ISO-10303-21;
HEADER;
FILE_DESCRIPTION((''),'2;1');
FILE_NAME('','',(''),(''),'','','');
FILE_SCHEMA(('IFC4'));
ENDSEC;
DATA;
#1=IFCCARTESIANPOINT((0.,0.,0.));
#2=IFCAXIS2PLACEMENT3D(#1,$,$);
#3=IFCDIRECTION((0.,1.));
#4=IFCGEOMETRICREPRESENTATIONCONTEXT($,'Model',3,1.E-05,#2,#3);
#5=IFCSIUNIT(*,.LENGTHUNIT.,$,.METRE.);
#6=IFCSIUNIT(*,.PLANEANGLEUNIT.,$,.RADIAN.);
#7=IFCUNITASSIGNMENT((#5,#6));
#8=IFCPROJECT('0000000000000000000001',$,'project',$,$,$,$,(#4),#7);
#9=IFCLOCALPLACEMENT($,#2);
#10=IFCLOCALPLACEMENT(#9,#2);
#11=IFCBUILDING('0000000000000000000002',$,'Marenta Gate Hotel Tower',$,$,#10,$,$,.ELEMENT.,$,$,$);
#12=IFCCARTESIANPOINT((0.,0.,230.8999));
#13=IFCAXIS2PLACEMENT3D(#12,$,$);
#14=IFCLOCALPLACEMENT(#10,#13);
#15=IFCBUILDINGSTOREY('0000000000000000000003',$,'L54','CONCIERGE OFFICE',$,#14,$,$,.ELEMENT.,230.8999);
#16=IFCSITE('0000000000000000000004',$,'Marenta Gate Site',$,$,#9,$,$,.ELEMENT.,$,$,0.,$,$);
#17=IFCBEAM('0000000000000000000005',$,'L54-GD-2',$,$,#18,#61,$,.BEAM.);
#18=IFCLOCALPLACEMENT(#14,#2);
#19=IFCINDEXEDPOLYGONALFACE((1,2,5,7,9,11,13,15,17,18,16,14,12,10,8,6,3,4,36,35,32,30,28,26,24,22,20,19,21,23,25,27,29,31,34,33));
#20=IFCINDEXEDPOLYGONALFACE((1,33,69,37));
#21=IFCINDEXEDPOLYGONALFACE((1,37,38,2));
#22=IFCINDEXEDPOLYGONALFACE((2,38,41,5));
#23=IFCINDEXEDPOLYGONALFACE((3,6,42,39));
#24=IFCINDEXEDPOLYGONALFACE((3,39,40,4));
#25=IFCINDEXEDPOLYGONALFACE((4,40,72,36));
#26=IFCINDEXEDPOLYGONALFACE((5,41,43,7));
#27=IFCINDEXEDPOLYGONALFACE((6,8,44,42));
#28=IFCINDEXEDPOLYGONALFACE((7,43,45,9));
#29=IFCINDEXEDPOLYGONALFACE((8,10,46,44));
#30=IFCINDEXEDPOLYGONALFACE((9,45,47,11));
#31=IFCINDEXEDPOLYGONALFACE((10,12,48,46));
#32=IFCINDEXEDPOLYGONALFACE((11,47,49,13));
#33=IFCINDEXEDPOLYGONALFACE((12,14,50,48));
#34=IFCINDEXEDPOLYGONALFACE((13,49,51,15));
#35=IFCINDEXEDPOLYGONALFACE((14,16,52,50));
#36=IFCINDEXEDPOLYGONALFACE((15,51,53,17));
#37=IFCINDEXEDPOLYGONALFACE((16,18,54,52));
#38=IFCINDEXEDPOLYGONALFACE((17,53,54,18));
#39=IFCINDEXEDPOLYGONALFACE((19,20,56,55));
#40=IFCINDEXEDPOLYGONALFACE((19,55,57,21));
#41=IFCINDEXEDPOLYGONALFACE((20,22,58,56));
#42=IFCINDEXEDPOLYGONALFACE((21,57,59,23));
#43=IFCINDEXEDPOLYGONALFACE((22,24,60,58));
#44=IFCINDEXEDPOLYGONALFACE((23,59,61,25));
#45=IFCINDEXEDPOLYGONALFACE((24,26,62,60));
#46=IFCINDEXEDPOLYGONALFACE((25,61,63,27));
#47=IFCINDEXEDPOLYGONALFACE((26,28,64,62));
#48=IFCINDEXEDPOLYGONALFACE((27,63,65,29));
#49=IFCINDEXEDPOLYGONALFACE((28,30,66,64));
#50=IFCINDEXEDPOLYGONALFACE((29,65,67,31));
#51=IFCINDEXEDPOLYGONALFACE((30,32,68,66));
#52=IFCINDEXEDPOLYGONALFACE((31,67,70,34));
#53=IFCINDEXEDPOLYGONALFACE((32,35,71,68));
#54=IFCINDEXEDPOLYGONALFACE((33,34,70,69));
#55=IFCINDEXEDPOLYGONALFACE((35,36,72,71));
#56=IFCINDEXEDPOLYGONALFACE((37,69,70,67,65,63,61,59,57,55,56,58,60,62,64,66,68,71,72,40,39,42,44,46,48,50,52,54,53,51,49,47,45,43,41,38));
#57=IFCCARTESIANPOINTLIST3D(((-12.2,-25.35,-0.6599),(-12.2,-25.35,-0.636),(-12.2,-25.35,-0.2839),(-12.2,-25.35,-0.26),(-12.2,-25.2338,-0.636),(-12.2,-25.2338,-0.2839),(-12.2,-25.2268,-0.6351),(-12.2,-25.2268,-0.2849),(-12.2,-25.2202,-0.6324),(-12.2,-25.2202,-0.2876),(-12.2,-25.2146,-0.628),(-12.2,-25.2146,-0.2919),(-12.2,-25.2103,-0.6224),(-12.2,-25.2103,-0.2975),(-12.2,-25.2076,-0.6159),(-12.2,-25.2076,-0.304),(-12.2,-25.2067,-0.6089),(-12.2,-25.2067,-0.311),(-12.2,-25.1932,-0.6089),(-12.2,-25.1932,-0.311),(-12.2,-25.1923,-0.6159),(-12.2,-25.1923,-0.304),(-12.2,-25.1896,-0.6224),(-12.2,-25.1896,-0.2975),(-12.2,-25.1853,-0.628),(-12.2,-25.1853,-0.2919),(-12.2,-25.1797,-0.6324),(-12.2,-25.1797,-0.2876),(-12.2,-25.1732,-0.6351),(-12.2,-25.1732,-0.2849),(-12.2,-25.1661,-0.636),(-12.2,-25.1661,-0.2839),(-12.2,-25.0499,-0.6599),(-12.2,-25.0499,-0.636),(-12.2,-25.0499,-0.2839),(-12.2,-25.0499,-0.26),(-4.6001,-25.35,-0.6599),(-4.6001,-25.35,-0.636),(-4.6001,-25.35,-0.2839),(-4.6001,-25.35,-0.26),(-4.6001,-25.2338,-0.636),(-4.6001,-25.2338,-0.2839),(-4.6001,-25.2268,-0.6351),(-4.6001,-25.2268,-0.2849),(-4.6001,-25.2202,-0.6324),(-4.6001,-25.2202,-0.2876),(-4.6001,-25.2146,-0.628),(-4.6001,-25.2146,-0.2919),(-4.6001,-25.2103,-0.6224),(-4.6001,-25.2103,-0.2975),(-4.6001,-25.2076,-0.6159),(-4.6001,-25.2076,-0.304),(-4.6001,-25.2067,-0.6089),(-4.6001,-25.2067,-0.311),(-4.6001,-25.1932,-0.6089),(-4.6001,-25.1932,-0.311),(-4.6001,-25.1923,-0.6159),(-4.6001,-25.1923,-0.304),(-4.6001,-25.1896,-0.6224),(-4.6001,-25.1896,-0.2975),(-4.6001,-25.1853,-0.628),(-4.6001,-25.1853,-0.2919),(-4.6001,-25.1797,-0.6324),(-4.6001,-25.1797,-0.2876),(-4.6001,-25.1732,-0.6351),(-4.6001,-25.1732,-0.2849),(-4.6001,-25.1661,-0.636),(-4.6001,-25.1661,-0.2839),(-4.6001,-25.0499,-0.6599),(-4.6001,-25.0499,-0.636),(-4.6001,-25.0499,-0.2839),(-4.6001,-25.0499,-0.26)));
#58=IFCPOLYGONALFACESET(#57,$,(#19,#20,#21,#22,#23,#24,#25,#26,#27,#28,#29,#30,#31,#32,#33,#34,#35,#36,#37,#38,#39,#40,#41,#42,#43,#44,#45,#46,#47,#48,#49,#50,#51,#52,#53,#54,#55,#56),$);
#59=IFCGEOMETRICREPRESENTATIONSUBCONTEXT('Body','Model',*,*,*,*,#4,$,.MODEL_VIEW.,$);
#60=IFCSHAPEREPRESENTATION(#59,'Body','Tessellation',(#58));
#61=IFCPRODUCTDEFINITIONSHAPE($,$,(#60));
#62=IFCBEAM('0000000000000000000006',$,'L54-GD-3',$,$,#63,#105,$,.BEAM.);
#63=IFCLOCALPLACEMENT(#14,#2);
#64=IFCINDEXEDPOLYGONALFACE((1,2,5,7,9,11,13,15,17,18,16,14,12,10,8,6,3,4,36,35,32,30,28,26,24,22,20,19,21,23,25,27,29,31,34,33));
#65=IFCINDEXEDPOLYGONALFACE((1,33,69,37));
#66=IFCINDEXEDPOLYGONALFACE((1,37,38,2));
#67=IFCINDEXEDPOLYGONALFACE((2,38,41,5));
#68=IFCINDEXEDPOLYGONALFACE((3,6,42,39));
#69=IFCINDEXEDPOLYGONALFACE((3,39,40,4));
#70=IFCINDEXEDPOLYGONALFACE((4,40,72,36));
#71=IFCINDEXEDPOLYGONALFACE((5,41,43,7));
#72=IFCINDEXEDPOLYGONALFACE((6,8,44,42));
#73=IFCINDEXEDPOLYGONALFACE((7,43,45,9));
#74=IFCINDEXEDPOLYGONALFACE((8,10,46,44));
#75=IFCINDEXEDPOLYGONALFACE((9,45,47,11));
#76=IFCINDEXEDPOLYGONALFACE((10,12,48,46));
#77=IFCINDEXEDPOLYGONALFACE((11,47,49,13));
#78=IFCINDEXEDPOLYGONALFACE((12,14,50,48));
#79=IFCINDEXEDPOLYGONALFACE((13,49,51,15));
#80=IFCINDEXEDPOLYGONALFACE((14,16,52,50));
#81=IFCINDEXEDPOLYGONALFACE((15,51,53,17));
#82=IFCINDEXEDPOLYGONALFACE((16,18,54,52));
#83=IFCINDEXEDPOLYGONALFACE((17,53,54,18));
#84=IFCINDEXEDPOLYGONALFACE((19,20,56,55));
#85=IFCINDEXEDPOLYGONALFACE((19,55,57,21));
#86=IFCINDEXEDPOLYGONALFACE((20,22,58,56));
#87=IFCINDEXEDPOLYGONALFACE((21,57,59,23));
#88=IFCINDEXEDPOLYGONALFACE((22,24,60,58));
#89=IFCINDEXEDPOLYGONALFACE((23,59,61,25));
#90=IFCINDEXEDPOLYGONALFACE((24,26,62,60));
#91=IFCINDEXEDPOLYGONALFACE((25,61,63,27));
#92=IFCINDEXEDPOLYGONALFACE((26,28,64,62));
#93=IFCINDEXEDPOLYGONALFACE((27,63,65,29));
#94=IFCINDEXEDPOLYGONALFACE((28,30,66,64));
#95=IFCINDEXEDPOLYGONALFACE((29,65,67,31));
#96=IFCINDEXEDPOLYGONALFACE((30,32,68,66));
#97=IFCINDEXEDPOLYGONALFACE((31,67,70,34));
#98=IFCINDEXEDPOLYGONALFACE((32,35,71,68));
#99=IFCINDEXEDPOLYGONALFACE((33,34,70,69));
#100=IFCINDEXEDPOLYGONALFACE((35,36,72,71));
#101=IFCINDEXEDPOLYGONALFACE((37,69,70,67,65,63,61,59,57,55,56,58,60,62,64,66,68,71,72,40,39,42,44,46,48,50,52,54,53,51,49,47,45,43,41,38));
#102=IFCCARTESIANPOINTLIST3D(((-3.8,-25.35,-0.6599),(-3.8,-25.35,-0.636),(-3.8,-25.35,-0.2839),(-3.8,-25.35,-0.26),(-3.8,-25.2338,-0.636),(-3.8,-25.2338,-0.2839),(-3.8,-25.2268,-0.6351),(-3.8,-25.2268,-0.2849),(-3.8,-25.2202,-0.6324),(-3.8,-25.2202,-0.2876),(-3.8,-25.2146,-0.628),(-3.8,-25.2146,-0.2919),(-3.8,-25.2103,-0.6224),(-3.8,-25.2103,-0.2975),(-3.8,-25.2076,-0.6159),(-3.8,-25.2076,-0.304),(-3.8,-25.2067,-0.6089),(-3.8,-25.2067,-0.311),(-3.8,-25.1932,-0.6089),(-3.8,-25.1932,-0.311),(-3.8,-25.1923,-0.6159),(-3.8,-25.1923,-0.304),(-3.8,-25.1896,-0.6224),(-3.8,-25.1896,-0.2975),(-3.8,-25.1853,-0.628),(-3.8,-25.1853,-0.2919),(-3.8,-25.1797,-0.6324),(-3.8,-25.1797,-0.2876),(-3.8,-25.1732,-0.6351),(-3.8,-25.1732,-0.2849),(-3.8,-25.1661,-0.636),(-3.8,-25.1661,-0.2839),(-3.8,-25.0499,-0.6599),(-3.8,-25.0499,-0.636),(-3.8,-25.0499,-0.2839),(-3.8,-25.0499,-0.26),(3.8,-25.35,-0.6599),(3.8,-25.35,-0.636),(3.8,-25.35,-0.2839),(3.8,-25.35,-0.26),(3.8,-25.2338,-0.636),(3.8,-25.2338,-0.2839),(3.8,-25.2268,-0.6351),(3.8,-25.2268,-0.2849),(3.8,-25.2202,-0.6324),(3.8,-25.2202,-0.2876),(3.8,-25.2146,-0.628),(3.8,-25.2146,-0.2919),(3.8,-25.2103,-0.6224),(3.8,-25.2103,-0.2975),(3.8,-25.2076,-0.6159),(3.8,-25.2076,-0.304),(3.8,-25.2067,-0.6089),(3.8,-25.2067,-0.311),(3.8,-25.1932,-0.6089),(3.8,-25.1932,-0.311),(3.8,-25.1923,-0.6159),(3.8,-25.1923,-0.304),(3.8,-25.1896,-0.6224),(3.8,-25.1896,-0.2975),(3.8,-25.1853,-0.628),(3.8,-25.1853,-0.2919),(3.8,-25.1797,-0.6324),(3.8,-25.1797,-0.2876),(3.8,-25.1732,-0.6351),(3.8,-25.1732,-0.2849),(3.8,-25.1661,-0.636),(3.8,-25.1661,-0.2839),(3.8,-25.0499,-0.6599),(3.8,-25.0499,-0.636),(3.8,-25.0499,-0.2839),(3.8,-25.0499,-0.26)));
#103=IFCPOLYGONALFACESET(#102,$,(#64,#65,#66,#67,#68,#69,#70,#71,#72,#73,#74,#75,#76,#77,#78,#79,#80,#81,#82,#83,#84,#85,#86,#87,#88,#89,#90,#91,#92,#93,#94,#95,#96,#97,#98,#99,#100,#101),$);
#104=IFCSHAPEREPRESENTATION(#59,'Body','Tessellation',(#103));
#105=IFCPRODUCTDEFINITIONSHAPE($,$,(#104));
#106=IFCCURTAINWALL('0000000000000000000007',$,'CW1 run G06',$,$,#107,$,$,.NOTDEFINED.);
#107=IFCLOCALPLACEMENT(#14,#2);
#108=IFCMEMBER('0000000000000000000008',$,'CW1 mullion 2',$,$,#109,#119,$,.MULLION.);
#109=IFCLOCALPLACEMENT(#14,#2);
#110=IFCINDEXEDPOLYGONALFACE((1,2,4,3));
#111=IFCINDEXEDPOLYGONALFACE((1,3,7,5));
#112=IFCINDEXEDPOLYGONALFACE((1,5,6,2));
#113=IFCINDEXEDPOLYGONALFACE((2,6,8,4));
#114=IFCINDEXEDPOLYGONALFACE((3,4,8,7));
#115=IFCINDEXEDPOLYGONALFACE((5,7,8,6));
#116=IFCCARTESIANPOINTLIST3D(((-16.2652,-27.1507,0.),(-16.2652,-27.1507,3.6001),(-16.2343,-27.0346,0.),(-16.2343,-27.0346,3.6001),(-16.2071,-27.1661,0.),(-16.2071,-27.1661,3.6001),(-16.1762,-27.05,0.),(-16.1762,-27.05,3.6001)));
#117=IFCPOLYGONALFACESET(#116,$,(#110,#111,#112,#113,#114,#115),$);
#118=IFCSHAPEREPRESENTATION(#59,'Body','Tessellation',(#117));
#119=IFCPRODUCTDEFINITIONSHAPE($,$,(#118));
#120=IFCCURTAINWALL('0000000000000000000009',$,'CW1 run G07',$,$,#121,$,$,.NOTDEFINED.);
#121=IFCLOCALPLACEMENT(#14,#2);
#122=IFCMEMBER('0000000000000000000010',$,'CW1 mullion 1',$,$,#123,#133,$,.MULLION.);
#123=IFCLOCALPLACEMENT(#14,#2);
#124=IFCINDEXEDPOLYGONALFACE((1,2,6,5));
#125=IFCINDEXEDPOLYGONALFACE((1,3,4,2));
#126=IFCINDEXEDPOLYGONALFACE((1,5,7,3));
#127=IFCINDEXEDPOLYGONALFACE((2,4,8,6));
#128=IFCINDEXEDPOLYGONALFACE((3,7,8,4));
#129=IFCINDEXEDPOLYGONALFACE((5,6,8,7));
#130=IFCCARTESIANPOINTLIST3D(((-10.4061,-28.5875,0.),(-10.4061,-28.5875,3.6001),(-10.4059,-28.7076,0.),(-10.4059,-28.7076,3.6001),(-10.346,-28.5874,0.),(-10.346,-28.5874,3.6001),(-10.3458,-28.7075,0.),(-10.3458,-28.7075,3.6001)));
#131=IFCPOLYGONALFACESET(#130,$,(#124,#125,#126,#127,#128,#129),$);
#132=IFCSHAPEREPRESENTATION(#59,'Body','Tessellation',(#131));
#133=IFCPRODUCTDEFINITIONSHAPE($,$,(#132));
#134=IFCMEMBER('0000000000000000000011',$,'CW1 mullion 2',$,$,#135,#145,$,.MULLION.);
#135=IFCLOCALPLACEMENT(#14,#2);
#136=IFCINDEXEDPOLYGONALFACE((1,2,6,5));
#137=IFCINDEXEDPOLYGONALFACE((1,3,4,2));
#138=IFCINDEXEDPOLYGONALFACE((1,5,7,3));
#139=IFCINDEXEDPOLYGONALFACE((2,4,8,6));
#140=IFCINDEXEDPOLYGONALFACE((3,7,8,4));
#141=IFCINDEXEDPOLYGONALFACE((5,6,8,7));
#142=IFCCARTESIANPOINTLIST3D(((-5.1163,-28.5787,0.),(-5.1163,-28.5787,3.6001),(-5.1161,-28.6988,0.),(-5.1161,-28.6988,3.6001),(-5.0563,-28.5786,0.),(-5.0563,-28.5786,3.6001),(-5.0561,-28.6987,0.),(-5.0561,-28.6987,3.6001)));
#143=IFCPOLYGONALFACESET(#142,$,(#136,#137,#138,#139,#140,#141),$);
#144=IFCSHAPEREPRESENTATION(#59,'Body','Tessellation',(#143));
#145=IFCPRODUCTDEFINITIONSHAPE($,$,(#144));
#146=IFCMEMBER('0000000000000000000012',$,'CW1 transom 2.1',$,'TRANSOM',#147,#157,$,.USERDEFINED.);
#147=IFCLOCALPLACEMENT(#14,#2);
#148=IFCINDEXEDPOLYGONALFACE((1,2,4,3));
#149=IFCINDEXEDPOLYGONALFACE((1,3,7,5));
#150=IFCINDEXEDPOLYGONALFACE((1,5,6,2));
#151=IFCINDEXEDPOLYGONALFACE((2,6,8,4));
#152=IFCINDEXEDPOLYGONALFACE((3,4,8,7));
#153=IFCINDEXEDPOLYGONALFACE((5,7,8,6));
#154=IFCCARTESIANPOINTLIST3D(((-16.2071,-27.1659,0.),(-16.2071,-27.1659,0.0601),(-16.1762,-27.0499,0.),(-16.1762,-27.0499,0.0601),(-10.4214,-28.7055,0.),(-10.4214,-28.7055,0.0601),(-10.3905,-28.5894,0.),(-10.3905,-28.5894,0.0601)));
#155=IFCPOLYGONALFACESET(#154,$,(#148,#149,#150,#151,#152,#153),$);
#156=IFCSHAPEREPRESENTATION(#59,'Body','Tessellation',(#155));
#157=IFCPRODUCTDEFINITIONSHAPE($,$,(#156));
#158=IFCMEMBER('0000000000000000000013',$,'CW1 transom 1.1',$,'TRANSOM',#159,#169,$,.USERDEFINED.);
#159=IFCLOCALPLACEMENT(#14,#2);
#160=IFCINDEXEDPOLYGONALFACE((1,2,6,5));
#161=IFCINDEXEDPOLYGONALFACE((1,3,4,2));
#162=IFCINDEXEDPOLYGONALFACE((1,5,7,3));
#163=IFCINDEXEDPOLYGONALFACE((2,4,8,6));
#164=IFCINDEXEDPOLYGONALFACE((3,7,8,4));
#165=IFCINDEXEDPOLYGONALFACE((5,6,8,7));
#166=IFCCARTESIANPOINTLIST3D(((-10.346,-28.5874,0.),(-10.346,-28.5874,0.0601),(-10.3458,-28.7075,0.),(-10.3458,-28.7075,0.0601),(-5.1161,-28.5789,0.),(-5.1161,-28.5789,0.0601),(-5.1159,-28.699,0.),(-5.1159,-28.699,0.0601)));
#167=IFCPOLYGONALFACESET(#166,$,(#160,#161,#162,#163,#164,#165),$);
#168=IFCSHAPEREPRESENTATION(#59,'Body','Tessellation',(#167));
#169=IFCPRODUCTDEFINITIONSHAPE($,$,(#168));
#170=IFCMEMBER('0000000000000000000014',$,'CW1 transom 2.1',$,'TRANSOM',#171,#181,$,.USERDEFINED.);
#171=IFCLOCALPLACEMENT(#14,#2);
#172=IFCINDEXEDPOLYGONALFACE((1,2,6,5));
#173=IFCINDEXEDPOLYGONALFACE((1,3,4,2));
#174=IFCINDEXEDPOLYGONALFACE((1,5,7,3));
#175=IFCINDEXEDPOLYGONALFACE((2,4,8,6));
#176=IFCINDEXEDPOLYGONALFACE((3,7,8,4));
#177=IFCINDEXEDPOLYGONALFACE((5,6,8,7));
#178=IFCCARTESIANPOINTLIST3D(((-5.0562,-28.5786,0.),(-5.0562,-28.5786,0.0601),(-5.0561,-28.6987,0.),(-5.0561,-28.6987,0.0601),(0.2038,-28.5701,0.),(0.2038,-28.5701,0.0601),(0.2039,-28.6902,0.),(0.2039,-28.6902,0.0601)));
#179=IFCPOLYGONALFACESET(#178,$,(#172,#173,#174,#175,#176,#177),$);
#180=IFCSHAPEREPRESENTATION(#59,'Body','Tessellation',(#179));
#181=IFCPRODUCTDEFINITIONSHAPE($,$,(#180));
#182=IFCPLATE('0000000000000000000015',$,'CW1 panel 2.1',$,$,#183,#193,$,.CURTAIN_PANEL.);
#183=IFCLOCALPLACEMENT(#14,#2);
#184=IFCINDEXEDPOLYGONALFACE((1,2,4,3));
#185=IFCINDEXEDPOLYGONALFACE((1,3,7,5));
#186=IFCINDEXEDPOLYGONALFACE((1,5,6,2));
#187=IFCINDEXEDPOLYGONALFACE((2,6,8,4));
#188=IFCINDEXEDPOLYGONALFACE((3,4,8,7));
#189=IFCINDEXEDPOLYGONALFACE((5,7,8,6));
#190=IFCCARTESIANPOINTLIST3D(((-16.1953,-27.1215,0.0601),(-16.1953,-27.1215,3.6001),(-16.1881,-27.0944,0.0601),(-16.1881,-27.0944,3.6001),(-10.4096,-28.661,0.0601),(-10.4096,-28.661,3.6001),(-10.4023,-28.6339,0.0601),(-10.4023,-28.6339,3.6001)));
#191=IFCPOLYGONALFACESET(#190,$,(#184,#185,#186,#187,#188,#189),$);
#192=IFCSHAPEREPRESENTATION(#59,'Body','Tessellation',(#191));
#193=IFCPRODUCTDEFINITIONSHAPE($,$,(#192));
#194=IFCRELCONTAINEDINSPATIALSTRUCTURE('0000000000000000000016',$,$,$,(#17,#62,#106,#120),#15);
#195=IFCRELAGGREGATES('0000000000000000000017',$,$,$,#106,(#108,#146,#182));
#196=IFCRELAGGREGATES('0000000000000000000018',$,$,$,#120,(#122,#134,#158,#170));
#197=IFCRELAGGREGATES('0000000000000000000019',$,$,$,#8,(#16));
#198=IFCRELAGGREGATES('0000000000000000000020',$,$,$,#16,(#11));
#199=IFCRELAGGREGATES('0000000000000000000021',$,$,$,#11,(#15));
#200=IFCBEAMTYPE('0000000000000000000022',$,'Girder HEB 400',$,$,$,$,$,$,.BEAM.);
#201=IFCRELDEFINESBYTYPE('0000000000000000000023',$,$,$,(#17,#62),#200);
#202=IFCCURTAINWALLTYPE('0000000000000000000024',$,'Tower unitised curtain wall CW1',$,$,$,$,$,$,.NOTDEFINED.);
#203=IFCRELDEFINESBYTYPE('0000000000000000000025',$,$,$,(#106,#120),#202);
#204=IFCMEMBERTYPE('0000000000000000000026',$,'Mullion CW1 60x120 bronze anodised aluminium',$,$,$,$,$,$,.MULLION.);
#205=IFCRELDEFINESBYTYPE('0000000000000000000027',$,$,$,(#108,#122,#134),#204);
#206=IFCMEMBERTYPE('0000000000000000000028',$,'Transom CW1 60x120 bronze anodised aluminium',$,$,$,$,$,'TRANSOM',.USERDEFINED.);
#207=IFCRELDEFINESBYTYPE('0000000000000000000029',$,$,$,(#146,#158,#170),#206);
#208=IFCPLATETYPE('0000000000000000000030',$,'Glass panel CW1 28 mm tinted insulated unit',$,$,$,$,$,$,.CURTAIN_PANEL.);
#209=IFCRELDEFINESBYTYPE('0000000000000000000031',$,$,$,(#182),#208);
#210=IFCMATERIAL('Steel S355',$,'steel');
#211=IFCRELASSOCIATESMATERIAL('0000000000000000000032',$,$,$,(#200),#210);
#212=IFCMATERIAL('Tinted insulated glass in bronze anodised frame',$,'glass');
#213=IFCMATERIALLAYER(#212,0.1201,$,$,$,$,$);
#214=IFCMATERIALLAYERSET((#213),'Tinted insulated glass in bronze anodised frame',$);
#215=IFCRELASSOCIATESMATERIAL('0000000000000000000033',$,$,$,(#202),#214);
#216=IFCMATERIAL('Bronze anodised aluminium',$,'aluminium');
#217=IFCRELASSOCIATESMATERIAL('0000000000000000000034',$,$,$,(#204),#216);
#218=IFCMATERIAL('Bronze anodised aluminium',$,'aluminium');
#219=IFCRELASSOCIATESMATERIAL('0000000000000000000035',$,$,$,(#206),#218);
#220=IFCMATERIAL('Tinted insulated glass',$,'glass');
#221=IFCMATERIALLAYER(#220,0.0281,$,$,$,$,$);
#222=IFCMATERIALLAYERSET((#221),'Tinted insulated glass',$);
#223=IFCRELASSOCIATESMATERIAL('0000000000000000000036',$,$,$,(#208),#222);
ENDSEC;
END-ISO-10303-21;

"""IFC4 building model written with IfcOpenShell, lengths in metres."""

from ifc_helpers import new_model, si_unit, direction, frame, origin, origin_2d, place, context, subcontext, project, spatial, rectangle, i_section, extrude, material, layer, layer_set, material_profile, profile_set, type_object, element, aggregate, save


model = new_model("IFC4")

# Units and contexts
model_context = context("Model", 3, precision=1e-05, world=origin(), true_north=direction((0.0, 1.0)))
body_context = subcontext(model_context, "Body", "Model", "MODEL_VIEW")
ifc_project = project(units=[si_unit("LENGTHUNIT", "METRE"), si_unit("PLANEANGLEUNIT", "RADIAN")], contexts=[model_context])

# Site, building, storey
site_placement = place(None, origin())
site = spatial("IfcSite", under=ifc_project, at=site_placement, Name="Marenta Gate Site", CompositionType="ELEMENT", RefElevation=0.0)
building_placement = place(site_placement, origin())
building = spatial("IfcBuilding", under=site, at=building_placement, Name="Marenta Gate Hotel Tower", CompositionType="ELEMENT")
storey_placement = place(building_placement, frame((0.0, 0.0, 230.8999)))
storey = spatial("IfcBuildingStorey", under=building, at=storey_placement, Name="L54", Description="CONCIERGE OFFICE", CompositionType="ELEMENT", Elevation=230.8999)

# Beams
ifc_material_1 = material(Name="Steel S355", Category="steel")
ifc_material_profile_1 = material_profile(ifc_material_1, i_section(OverallWidth=0.3, OverallDepth=0.3999, WebThickness=0.0134, FlangeThickness=0.0239, FilletRadius=0.0271, at=origin_2d()), Name="HEB 400")
ifc_profile_set_1 = profile_set([ifc_material_profile_1], Name="Steel S355")
beam_type_1 = type_object("IfcBeamType", Name="Girder HEB 400", PredefinedType="BEAM", material=ifc_profile_set_1)
beam_1_placement = place(storey_placement, frame((-12.2, -25.2, -0.46), z_axis=(1.0, 0.0, 0.0), x_axis=(0.0, 1.0, 0.0)))
element("IfcBeam", 1, at=beam_1_placement, inside=storey, type_object=beam_type_1, Name="L54-GD-2", PredefinedType="BEAM", context=body_context, shape_type="SweptSolid", body=[
    extrude(i_section(OverallWidth=0.3, OverallDepth=0.3999, WebThickness=0.0134, FlangeThickness=0.0239, FilletRadius=0.0271, at=origin_2d()), origin(), (0.0, 0.0, 1.0), 7.5999),
])
beam_2_placement = place(storey_placement, frame((-3.8, -25.2, -0.46), z_axis=(1.0, 0.0, 0.0), x_axis=(0.0, 1.0, 0.0)))
element("IfcBeam", 2, at=beam_2_placement, inside=storey, type_object=beam_type_1, Name="L54-GD-3", PredefinedType="BEAM", context=body_context, shape_type="SweptSolid", body=[
    extrude(i_section(OverallWidth=0.3, OverallDepth=0.3999, WebThickness=0.0134, FlangeThickness=0.0239, FilletRadius=0.0271, at=origin_2d()), origin(), (0.0, 0.0, 1.0), 7.6001),
])

# Curtain wall, member
ifc_material_2 = material(Name="Tinted insulated glass in bronze anodised frame", Category="glass")
ifc_layer_1 = layer(ifc_material_2, 0.1201)
ifc_layer_set_1 = layer_set([ifc_layer_1], Name="Tinted insulated glass in bronze anodised frame")
curtain_wall_type = type_object("IfcCurtainWallType", Name="Tower unitised curtain wall CW1", PredefinedType="NOTDEFINED", material=ifc_layer_set_1)
curtain_wall_1_placement = place(storey_placement, origin())
curtain_wall_1 = element("IfcCurtainWall", 3, at=curtain_wall_1_placement, inside=storey, type_object=curtain_wall_type, Name="CW1 run G06", PredefinedType="NOTDEFINED")
ifc_material_3 = material(Name="Bronze anodised aluminium", Category="aluminium")
ifc_material_profile_2 = material_profile(ifc_material_3, rectangle(XDim=0.1201, YDim=0.0601, at=origin_2d()), Name="Mullion CW1 60x120 bronze anodised aluminium")
ifc_profile_set_2 = profile_set([ifc_material_profile_2], Name="Bronze anodised aluminium")
member_type_1 = type_object("IfcMemberType", Name="Mullion CW1 60x120 bronze anodised aluminium", PredefinedType="MULLION", material=ifc_profile_set_2)
member_1_placement = place(storey_placement, frame((-16.2207, -27.1003, 0.0), z_axis=(0.0, 0.0, 1.0), x_axis=(0.257139, 0.966374, 0.0)))
member_1 = element("IfcMember", 4, at=member_1_placement, type_object=member_type_1, Name="CW1 mullion 2", PredefinedType="MULLION", context=body_context, shape_type="SweptSolid", body=[
    extrude(rectangle(XDim=0.1201, YDim=0.0601, at=origin_2d()), origin(), (0.0, 0.0, 1.0), 3.6001),
])

# Curtain wall, members
curtain_wall_2_placement = place(storey_placement, origin())
curtain_wall_2 = element("IfcCurtainWall", 5, at=curtain_wall_2_placement, inside=storey, type_object=curtain_wall_type, Name="CW1 run G07", PredefinedType="NOTDEFINED")
member_2_placement = place(storey_placement, frame((-10.376, -28.6475, 0.0), z_axis=(0.0, 0.0, 1.0), x_axis=(-0.001645, 0.999999, 0.0)))
member_2 = element("IfcMember", 6, at=member_2_placement, type_object=member_type_1, Name="CW1 mullion 1", PredefinedType="MULLION", context=body_context, shape_type="SweptSolid", body=[
    extrude(rectangle(XDim=0.1201, YDim=0.0601, at=origin_2d()), origin(), (0.0, 0.0, 1.0), 3.6001),
])
member_3_placement = place(storey_placement, frame((-5.0862, -28.6387, 0.0), z_axis=(0.0, 0.0, 1.0), x_axis=(-0.001645, 0.999999, 0.0)))
member_3 = element("IfcMember", 7, at=member_3_placement, type_object=member_type_1, Name="CW1 mullion 2", PredefinedType="MULLION", context=body_context, shape_type="SweptSolid", body=[
    extrude(rectangle(XDim=0.1201, YDim=0.0601, at=origin_2d()), origin(), (0.0, 0.0, 1.0), 3.6001),
])

# Members
ifc_material_4 = material(Name="Bronze anodised aluminium", Category="aluminium")
ifc_material_profile_3 = material_profile(ifc_material_4, rectangle(XDim=0.1201, YDim=0.0601, at=origin_2d()), Name="Transom CW1 60x120 bronze anodised aluminium")
ifc_profile_set_3 = profile_set([ifc_material_profile_3], Name="Bronze anodised aluminium")
member_type_2 = type_object("IfcMemberType", Name="Transom CW1 60x120 bronze anodised aluminium", ElementType="TRANSOM", PredefinedType="USERDEFINED", material=ifc_profile_set_3)
member_4_placement = place(storey_placement, frame((-16.1917, -27.1079, 0.03), z_axis=(0.966372, -0.25715, 0.0), x_axis=(0.25715, 0.966372, 0.0)))
member_4 = element("IfcMember", 8, at=member_4_placement, type_object=member_type_2, Name="CW1 transom 2.1", ObjectType="TRANSOM", PredefinedType="USERDEFINED", context=body_context, shape_type="SweptSolid", body=[
    extrude(rectangle(XDim=0.1201, YDim=0.0601, at=origin_2d()), origin(), (0.0, 0.0, 1.0), 5.9871),
])
member_5_placement = place(storey_placement, frame((-10.3459, -28.6475, 0.03), z_axis=(0.999999, 0.001634, 0.0), x_axis=(-0.001634, 0.999999, 0.0)))
member_5 = element("IfcMember", 9, at=member_5_placement, type_object=member_type_2, Name="CW1 transom 1.1", ObjectType="TRANSOM", PredefinedType="USERDEFINED", context=body_context, shape_type="SweptSolid", body=[
    extrude(rectangle(XDim=0.1201, YDim=0.0601, at=origin_2d()), origin(), (0.0, 0.0, 1.0), 5.23),
])
member_6_placement = place(storey_placement, frame((-5.0562, -28.6387, 0.03), z_axis=(0.999999, 0.001625, 0.0), x_axis=(-0.001625, 0.999999, 0.0)))
member_6 = element("IfcMember", 10, at=member_6_placement, type_object=member_type_2, Name="CW1 transom 2.1", ObjectType="TRANSOM", PredefinedType="USERDEFINED", context=body_context, shape_type="SweptSolid", body=[
    extrude(rectangle(XDim=0.1201, YDim=0.0601, at=origin_2d()), origin(), (0.0, 0.0, 1.0), 5.26),
])

# Plate
ifc_material_5 = material(Name="Tinted insulated glass", Category="glass")
ifc_layer_2 = layer(ifc_material_5, 0.0281)
ifc_layer_set_2 = layer_set([ifc_layer_2], Name="Tinted insulated glass")
plate_type = type_object("IfcPlateType", Name="Glass panel CW1 28 mm tinted insulated unit", PredefinedType="CURTAIN_PANEL", material=ifc_layer_set_2)
plate_1_placement = place(storey_placement, frame((-13.2988, -27.8777, 0.0601), z_axis=(0.0, 0.0, 1.0), x_axis=(0.966374, -0.257139, 0.0)))
plate_1 = element("IfcPlate", 11, at=plate_1_placement, type_object=plate_type, Name="CW1 panel 2.1", PredefinedType="CURTAIN_PANEL", context=body_context, shape_type="SweptSolid", body=[
    extrude(rectangle(XDim=5.9871, YDim=0.0281, at=origin_2d()), origin(), (0.0, 0.0, 1.0), 3.54),
])
aggregate(curtain_wall_1, [member_1, member_4, plate_1])
aggregate(curtain_wall_2, [member_2, member_3, member_5, member_6])

save(model, "model.ifc")
